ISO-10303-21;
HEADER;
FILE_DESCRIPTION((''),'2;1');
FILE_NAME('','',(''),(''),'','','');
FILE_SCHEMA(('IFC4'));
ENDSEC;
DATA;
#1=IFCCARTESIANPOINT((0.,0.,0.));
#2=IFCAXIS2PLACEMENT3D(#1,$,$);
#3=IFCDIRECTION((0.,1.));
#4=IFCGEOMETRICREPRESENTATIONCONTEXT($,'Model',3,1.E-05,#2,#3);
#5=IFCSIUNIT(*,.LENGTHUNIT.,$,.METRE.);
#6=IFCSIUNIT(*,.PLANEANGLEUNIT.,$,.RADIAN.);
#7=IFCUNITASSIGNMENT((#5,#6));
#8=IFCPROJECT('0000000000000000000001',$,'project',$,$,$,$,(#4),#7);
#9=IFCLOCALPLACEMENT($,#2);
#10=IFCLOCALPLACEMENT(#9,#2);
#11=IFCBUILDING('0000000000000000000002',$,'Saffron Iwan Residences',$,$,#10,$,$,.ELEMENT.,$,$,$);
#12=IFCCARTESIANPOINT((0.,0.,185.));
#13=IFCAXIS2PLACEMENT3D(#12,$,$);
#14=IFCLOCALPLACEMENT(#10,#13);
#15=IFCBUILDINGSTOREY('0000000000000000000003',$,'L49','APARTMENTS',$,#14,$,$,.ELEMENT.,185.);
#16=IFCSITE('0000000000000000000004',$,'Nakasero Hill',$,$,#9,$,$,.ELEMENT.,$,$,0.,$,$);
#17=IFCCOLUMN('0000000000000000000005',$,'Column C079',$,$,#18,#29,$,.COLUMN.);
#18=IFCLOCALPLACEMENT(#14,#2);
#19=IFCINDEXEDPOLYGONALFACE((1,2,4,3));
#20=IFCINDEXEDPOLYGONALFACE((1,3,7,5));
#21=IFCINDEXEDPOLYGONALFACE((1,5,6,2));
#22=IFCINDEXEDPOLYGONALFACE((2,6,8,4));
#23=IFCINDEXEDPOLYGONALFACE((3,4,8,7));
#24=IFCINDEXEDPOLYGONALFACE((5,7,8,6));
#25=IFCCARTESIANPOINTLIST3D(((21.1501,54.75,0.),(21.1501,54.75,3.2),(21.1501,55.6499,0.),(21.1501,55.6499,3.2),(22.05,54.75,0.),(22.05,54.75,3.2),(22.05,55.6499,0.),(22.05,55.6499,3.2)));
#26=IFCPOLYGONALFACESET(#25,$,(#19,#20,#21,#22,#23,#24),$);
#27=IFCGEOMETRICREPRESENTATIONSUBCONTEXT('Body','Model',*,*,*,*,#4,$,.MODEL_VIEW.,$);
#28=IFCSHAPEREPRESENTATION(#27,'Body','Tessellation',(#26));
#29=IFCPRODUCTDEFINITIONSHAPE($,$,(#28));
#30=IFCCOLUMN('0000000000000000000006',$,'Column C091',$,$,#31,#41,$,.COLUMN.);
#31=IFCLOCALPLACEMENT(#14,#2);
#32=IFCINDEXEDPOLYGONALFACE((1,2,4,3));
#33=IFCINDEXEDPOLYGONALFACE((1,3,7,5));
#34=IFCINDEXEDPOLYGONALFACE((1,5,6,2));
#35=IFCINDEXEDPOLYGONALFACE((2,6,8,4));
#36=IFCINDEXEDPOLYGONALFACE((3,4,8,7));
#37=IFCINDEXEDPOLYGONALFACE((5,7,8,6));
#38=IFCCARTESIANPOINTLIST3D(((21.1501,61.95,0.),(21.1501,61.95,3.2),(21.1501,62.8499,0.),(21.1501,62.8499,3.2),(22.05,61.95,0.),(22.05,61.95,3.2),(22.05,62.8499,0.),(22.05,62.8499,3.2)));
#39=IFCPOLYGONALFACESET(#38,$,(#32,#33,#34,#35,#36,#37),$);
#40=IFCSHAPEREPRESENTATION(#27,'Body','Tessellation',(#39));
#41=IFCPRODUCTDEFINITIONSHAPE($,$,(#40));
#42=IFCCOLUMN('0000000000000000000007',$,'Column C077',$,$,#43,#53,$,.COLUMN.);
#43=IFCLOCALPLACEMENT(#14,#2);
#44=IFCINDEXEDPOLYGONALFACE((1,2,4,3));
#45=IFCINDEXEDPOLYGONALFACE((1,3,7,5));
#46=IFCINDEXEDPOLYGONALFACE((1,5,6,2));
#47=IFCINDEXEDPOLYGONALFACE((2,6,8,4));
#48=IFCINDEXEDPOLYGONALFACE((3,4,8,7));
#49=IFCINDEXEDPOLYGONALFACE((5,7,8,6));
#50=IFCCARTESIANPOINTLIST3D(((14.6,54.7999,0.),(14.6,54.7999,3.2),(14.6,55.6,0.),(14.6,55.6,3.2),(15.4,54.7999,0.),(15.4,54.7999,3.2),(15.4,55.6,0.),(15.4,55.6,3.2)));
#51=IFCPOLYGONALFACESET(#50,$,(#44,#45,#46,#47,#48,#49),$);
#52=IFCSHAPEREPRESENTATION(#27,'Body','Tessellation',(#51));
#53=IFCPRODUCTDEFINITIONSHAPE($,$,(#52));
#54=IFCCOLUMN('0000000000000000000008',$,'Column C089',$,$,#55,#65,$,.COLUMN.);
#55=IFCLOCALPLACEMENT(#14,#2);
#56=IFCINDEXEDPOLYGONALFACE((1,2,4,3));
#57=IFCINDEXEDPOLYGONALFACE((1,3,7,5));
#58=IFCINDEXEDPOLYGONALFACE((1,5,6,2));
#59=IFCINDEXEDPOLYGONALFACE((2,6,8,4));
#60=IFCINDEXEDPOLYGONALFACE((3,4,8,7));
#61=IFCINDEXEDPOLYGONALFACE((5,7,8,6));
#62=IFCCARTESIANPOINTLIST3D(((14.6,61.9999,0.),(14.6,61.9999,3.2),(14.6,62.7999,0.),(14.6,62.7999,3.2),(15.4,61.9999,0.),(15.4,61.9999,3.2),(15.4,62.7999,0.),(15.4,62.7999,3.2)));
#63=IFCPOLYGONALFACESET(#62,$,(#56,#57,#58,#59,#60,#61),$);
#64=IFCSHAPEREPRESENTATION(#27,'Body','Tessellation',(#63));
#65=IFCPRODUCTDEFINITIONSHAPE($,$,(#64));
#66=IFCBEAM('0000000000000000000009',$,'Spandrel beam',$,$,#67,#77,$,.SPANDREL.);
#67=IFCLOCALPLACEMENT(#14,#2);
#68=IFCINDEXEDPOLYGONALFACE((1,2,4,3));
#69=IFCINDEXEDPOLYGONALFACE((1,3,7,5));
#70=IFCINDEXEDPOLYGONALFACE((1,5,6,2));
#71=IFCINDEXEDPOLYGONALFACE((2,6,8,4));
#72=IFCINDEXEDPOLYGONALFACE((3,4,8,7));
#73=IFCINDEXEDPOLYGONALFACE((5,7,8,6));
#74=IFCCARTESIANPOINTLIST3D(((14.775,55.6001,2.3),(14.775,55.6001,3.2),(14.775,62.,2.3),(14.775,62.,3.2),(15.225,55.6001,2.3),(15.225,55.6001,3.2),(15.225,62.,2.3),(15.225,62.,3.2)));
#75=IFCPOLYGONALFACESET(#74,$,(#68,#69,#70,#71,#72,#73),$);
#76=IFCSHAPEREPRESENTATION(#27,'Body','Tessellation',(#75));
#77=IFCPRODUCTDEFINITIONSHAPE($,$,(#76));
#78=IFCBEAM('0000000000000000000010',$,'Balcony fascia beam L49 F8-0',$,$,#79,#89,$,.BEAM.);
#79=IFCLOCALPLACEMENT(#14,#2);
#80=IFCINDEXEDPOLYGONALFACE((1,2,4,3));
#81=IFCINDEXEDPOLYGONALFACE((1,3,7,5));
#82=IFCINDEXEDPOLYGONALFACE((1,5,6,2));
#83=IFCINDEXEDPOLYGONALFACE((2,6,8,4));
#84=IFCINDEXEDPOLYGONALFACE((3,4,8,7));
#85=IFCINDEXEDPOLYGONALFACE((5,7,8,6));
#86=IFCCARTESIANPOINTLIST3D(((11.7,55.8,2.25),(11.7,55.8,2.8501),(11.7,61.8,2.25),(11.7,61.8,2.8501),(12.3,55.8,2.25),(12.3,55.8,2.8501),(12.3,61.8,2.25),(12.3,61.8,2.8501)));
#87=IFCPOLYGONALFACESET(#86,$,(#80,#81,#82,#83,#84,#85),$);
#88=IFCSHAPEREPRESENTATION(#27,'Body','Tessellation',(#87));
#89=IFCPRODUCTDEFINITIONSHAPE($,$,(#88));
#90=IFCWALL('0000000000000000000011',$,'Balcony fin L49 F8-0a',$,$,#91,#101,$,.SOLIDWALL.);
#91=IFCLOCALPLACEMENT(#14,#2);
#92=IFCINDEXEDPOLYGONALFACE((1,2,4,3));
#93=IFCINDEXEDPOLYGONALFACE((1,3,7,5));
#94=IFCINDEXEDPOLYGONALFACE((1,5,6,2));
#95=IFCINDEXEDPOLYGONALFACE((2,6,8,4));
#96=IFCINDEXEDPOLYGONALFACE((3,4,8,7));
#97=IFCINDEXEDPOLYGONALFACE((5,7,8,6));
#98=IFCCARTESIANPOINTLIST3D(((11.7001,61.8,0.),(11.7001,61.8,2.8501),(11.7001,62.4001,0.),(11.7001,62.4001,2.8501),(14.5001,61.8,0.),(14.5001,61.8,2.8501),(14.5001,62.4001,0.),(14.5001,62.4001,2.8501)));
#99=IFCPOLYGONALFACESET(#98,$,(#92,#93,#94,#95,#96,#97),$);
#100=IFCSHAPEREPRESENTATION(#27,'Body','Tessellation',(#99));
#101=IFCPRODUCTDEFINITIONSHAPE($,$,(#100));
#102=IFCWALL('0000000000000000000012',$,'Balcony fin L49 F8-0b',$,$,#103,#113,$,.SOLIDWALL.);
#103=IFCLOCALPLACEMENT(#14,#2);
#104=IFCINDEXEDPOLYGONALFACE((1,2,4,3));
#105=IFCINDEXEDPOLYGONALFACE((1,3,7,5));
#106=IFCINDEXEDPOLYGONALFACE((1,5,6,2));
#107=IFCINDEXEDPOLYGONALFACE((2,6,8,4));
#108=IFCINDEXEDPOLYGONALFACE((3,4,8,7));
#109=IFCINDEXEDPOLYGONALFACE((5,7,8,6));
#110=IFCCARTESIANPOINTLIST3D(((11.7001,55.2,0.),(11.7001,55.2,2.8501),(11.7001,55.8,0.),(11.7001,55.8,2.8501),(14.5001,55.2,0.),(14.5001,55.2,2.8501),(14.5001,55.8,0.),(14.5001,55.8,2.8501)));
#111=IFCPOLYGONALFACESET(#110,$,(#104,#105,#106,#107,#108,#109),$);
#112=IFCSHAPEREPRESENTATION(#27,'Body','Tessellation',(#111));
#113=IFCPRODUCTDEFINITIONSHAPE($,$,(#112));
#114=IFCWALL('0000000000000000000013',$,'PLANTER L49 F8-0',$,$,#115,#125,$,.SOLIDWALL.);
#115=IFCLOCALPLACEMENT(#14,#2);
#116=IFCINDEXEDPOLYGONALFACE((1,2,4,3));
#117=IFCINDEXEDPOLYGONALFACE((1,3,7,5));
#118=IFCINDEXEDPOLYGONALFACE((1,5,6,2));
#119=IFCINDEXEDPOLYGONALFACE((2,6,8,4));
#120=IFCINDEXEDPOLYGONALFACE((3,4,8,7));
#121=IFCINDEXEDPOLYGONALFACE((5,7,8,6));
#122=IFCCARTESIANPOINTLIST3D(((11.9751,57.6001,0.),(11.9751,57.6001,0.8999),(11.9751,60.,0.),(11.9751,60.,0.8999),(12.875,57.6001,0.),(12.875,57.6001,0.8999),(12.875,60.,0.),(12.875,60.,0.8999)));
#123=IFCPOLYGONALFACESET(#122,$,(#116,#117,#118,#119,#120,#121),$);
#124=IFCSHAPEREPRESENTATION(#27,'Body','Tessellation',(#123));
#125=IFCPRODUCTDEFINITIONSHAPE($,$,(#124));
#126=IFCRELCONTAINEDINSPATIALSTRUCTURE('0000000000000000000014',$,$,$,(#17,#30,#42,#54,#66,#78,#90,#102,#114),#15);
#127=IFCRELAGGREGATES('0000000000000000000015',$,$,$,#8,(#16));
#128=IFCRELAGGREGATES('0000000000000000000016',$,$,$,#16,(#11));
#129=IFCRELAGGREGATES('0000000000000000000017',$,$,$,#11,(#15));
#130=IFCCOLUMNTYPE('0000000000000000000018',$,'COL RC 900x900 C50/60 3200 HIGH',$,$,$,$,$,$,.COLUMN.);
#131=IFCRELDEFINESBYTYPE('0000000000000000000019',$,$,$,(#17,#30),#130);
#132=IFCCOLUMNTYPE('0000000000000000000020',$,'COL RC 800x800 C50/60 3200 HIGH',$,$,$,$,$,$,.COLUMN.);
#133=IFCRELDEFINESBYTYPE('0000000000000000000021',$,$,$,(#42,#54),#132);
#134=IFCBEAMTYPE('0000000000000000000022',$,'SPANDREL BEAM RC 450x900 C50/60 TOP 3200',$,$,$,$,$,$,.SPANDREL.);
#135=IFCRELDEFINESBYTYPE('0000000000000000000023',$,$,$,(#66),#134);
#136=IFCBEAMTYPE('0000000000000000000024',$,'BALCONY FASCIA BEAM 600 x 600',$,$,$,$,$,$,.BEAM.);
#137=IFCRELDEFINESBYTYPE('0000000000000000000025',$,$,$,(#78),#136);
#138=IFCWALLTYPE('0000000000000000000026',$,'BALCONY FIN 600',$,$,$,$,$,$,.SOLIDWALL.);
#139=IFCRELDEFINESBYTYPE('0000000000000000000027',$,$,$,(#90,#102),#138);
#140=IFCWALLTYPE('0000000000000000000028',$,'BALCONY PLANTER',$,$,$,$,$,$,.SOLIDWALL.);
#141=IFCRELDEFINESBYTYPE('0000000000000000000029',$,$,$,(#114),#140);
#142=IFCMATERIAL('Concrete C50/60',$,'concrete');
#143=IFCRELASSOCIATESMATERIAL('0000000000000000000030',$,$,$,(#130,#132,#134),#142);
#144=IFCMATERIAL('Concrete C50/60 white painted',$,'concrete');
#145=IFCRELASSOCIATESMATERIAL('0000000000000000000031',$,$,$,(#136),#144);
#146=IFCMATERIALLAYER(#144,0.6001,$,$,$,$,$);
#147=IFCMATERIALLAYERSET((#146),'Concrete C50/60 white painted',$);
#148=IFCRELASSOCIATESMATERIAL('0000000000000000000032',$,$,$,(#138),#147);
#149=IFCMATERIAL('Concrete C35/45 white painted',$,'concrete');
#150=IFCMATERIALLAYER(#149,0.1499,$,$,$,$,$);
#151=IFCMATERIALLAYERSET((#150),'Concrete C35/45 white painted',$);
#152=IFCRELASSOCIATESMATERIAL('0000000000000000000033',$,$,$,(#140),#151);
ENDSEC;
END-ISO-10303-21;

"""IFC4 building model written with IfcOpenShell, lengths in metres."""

from ifc_helpers import new_model, si_unit, direction, frame, frame_2d, origin, origin_2d, place, context, subcontext, project, spatial, rectangle, extrude, source, transform, mapped, material, layer, layer_set, material_profile, profile_set, type_object, element, save


model = new_model("IFC4")

# Units and contexts
model_context = context("Model", 3, precision=1e-05, world=origin(), true_north=direction((0.0, 1.0)))
body_context = subcontext(model_context, "Body", "Model", "MODEL_VIEW")
ifc_project = project(units=[si_unit("LENGTHUNIT", "METRE"), si_unit("PLANEANGLEUNIT", "RADIAN")], contexts=[model_context])

# Site, building, storey
site_placement = place(None, origin())
site = spatial("IfcSite", under=ifc_project, at=site_placement, Name="Nakasero Hill", CompositionType="ELEMENT", RefElevation=0.0)
building_placement = place(site_placement, origin())
building = spatial("IfcBuilding", under=site, at=building_placement, Name="Saffron Iwan Residences", CompositionType="ELEMENT")
storey_placement = place(building_placement, frame((0.0, 0.0, 185.0)))
storey = spatial("IfcBuildingStorey", under=building, at=storey_placement, Name="L49", Description="APARTMENTS", CompositionType="ELEMENT", Elevation=185.0)

# Columns
ifc_material_1 = material(Name="Concrete C50/60", Category="concrete")
ifc_material_profile_1 = material_profile(ifc_material_1, rectangle(XDim=0.8999, YDim=0.8999, at=origin_2d()), Name="RC 900x900")
ifc_profile_set_1 = profile_set([ifc_material_profile_1], Name="Concrete C50/60")
column_type_1 = type_object("IfcColumnType", Name="COL RC 900x900 C50/60 3200 HIGH", PredefinedType="COLUMN", material=ifc_profile_set_1)
shared_shape_1 = source(origin(), body_context, "Body", "SweptSolid", [
    extrude(rectangle(XDim=0.8999, YDim=0.8999, at=origin_2d()), origin(), (0.0, 0.0, 1.0), 3.2),
])
for number, where, z_axis, x_axis, name in (
    (1, (21.6001, 55.2, 0.0), (0.0, 0.0, 1.0), (1.0, 0.0, 0.0), "Column C079"),
    (2, (21.6001, 62.3999, 0.0), (0.0, 0.0, 1.0), (1.0, 0.0, 0.0), "Column C091"),
):
    element("IfcColumn", number, at=place(storey_placement, frame(where, z_axis=z_axis, x_axis=x_axis)), inside=storey, type_object=column_type_1, Name=name, PredefinedType="COLUMN", context=body_context, shape_type="MappedRepresentation", body=[
        mapped(shared_shape_1, transform((0.0, 0.0, 0.0))),
    ])
ifc_material_profile_2 = material_profile(ifc_material_1, rectangle(XDim=0.8, YDim=0.8, at=origin_2d()), Name="RC 800x800")
ifc_profile_set_2 = profile_set([ifc_material_profile_2], Name="Concrete C50/60")
column_type_2 = type_object("IfcColumnType", Name="COL RC 800x800 C50/60 3200 HIGH", PredefinedType="COLUMN", material=ifc_profile_set_2)
shared_shape_2 = source(origin(), body_context, "Body", "SweptSolid", [
    extrude(rectangle(XDim=0.8, YDim=0.8, at=origin_2d()), origin(), (0.0, 0.0, 1.0), 3.2),
])
for number, where, z_axis, x_axis, name in (
    (3, (15.0, 55.2, 0.0), (0.0, 0.0, 1.0), (1.0, 0.0, 0.0), "Column C077"),
    (4, (15.0, 62.3999, 0.0), (0.0, 0.0, 1.0), (1.0, 0.0, 0.0), "Column C089"),
):
    element("IfcColumn", number, at=place(storey_placement, frame(where, z_axis=z_axis, x_axis=x_axis)), inside=storey, type_object=column_type_2, Name=name, PredefinedType="COLUMN", context=body_context, shape_type="MappedRepresentation", body=[
        mapped(shared_shape_2, transform((0.0, 0.0, 0.0))),
    ])

# Beams
ifc_material_profile_3 = material_profile(ifc_material_1, rectangle(XDim=0.45, YDim=0.8999, at=origin_2d()), Name="RC 450x900")
ifc_profile_set_3 = profile_set([ifc_material_profile_3], Name="Concrete C50/60")
beam_type_1 = type_object("IfcBeamType", Name="SPANDREL BEAM RC 450x900 C50/60 TOP 3200", PredefinedType="SPANDREL", material=ifc_profile_set_3)
shared_shape_3 = source(origin(), body_context, "Body", "SweptSolid", [
    extrude(rectangle(XDim=0.45, YDim=0.8999, at=origin_2d()), origin(), (0.0, 0.0, 1.0), 6.3999),
])
beam_1_placement = place(storey_placement, frame((15.0, 55.6001, 2.75), z_axis=(0.0, 1.0, 0.0), x_axis=(-1.0, 0.0, 0.0)))
element("IfcBeam", 5, at=beam_1_placement, inside=storey, type_object=beam_type_1, Name="Spandrel beam", PredefinedType="SPANDREL", context=body_context, shape_type="MappedRepresentation", body=[
    mapped(shared_shape_3, transform((0.0, 0.0, 0.0))),
])
ifc_material_2 = material(Name="Concrete C50/60 white painted", Category="concrete")
ifc_material_profile_4 = material_profile(ifc_material_2, rectangle(XDim=0.6001, YDim=0.6001, at=origin_2d()), Name="BALCONY FASCIA BEAM 600 x 600")
ifc_profile_set_4 = profile_set([ifc_material_profile_4], Name="Concrete C50/60 white painted")
beam_type_2 = type_object("IfcBeamType", Name="BALCONY FASCIA BEAM 600 x 600", PredefinedType="BEAM", material=ifc_profile_set_4)
shared_shape_4 = source(origin(), body_context, "Body", "SweptSolid", [
    extrude(rectangle(XDim=0.6001, YDim=0.6001, at=origin_2d()), origin(), (0.0, 0.0, 1.0), 6.0),
])
beam_2_placement = place(storey_placement, frame((12.0, 61.8, 2.55), z_axis=(0.0, -1.0, 0.0), x_axis=(1.0, 0.0, 0.0)))
element("IfcBeam", 6, at=beam_2_placement, inside=storey, type_object=beam_type_2, Name="Balcony fascia beam L49 F8-0", PredefinedType="BEAM", context=body_context, shape_type="MappedRepresentation", body=[
    mapped(shared_shape_4, transform((0.0, 0.0, 0.0))),
])

# Walls
ifc_layer_1 = layer(ifc_material_2, 0.6001)
ifc_layer_set_1 = layer_set([ifc_layer_1], Name="Concrete C50/60 white painted")
wall_type_1 = type_object("IfcWallType", Name="BALCONY FIN 600", PredefinedType="SOLIDWALL", material=ifc_layer_set_1)
for number, where, z_axis, x_axis, name in (
    (7, (14.5, 62.1001, 0.0), (0.0, 0.0, 1.0), (-1.0, 0.0, 0.0), "Balcony fin L49 F8-0a"),
    (8, (14.5, 55.5, 0.0), (0.0, 0.0, 1.0), (-1.0, 0.0, 0.0), "Balcony fin L49 F8-0b"),
):
    element("IfcWall", number, at=place(storey_placement, frame(where, z_axis=z_axis, x_axis=x_axis)), inside=storey, type_object=wall_type_1, Name=name, PredefinedType="SOLIDWALL", context=body_context, shape_type="SweptSolid", body=[
        extrude(rectangle(XDim=2.8, YDim=0.6001, at=frame_2d((1.3999, 0.0))), origin(), (0.0, 0.0, 1.0), 2.8501),
    ])
ifc_material_3 = material(Name="Concrete C35/45 white painted", Category="concrete")
ifc_layer_2 = layer(ifc_material_3, 0.1499)
ifc_layer_set_2 = layer_set([ifc_layer_2], Name="Concrete C35/45 white painted")
wall_type_2 = type_object("IfcWallType", Name="BALCONY PLANTER", PredefinedType="SOLIDWALL", material=ifc_layer_set_2)
wall_1_placement = place(storey_placement, frame((12.425, 60.0, 0.0), z_axis=(0.0, 0.0, 1.0), x_axis=(0.0, -1.0, 0.0)))
element("IfcWall", 9, at=wall_1_placement, inside=storey, type_object=wall_type_2, Name="PLANTER L49 F8-0", PredefinedType="SOLIDWALL", context=body_context, shape_type="SweptSolid", body=[
    extrude(rectangle(XDim=2.3999, YDim=0.8999, at=frame_2d((1.2, 0.0))), origin(), (0.0, 0.0, 1.0), 0.8999),
])

save(model, "model.ifc")
